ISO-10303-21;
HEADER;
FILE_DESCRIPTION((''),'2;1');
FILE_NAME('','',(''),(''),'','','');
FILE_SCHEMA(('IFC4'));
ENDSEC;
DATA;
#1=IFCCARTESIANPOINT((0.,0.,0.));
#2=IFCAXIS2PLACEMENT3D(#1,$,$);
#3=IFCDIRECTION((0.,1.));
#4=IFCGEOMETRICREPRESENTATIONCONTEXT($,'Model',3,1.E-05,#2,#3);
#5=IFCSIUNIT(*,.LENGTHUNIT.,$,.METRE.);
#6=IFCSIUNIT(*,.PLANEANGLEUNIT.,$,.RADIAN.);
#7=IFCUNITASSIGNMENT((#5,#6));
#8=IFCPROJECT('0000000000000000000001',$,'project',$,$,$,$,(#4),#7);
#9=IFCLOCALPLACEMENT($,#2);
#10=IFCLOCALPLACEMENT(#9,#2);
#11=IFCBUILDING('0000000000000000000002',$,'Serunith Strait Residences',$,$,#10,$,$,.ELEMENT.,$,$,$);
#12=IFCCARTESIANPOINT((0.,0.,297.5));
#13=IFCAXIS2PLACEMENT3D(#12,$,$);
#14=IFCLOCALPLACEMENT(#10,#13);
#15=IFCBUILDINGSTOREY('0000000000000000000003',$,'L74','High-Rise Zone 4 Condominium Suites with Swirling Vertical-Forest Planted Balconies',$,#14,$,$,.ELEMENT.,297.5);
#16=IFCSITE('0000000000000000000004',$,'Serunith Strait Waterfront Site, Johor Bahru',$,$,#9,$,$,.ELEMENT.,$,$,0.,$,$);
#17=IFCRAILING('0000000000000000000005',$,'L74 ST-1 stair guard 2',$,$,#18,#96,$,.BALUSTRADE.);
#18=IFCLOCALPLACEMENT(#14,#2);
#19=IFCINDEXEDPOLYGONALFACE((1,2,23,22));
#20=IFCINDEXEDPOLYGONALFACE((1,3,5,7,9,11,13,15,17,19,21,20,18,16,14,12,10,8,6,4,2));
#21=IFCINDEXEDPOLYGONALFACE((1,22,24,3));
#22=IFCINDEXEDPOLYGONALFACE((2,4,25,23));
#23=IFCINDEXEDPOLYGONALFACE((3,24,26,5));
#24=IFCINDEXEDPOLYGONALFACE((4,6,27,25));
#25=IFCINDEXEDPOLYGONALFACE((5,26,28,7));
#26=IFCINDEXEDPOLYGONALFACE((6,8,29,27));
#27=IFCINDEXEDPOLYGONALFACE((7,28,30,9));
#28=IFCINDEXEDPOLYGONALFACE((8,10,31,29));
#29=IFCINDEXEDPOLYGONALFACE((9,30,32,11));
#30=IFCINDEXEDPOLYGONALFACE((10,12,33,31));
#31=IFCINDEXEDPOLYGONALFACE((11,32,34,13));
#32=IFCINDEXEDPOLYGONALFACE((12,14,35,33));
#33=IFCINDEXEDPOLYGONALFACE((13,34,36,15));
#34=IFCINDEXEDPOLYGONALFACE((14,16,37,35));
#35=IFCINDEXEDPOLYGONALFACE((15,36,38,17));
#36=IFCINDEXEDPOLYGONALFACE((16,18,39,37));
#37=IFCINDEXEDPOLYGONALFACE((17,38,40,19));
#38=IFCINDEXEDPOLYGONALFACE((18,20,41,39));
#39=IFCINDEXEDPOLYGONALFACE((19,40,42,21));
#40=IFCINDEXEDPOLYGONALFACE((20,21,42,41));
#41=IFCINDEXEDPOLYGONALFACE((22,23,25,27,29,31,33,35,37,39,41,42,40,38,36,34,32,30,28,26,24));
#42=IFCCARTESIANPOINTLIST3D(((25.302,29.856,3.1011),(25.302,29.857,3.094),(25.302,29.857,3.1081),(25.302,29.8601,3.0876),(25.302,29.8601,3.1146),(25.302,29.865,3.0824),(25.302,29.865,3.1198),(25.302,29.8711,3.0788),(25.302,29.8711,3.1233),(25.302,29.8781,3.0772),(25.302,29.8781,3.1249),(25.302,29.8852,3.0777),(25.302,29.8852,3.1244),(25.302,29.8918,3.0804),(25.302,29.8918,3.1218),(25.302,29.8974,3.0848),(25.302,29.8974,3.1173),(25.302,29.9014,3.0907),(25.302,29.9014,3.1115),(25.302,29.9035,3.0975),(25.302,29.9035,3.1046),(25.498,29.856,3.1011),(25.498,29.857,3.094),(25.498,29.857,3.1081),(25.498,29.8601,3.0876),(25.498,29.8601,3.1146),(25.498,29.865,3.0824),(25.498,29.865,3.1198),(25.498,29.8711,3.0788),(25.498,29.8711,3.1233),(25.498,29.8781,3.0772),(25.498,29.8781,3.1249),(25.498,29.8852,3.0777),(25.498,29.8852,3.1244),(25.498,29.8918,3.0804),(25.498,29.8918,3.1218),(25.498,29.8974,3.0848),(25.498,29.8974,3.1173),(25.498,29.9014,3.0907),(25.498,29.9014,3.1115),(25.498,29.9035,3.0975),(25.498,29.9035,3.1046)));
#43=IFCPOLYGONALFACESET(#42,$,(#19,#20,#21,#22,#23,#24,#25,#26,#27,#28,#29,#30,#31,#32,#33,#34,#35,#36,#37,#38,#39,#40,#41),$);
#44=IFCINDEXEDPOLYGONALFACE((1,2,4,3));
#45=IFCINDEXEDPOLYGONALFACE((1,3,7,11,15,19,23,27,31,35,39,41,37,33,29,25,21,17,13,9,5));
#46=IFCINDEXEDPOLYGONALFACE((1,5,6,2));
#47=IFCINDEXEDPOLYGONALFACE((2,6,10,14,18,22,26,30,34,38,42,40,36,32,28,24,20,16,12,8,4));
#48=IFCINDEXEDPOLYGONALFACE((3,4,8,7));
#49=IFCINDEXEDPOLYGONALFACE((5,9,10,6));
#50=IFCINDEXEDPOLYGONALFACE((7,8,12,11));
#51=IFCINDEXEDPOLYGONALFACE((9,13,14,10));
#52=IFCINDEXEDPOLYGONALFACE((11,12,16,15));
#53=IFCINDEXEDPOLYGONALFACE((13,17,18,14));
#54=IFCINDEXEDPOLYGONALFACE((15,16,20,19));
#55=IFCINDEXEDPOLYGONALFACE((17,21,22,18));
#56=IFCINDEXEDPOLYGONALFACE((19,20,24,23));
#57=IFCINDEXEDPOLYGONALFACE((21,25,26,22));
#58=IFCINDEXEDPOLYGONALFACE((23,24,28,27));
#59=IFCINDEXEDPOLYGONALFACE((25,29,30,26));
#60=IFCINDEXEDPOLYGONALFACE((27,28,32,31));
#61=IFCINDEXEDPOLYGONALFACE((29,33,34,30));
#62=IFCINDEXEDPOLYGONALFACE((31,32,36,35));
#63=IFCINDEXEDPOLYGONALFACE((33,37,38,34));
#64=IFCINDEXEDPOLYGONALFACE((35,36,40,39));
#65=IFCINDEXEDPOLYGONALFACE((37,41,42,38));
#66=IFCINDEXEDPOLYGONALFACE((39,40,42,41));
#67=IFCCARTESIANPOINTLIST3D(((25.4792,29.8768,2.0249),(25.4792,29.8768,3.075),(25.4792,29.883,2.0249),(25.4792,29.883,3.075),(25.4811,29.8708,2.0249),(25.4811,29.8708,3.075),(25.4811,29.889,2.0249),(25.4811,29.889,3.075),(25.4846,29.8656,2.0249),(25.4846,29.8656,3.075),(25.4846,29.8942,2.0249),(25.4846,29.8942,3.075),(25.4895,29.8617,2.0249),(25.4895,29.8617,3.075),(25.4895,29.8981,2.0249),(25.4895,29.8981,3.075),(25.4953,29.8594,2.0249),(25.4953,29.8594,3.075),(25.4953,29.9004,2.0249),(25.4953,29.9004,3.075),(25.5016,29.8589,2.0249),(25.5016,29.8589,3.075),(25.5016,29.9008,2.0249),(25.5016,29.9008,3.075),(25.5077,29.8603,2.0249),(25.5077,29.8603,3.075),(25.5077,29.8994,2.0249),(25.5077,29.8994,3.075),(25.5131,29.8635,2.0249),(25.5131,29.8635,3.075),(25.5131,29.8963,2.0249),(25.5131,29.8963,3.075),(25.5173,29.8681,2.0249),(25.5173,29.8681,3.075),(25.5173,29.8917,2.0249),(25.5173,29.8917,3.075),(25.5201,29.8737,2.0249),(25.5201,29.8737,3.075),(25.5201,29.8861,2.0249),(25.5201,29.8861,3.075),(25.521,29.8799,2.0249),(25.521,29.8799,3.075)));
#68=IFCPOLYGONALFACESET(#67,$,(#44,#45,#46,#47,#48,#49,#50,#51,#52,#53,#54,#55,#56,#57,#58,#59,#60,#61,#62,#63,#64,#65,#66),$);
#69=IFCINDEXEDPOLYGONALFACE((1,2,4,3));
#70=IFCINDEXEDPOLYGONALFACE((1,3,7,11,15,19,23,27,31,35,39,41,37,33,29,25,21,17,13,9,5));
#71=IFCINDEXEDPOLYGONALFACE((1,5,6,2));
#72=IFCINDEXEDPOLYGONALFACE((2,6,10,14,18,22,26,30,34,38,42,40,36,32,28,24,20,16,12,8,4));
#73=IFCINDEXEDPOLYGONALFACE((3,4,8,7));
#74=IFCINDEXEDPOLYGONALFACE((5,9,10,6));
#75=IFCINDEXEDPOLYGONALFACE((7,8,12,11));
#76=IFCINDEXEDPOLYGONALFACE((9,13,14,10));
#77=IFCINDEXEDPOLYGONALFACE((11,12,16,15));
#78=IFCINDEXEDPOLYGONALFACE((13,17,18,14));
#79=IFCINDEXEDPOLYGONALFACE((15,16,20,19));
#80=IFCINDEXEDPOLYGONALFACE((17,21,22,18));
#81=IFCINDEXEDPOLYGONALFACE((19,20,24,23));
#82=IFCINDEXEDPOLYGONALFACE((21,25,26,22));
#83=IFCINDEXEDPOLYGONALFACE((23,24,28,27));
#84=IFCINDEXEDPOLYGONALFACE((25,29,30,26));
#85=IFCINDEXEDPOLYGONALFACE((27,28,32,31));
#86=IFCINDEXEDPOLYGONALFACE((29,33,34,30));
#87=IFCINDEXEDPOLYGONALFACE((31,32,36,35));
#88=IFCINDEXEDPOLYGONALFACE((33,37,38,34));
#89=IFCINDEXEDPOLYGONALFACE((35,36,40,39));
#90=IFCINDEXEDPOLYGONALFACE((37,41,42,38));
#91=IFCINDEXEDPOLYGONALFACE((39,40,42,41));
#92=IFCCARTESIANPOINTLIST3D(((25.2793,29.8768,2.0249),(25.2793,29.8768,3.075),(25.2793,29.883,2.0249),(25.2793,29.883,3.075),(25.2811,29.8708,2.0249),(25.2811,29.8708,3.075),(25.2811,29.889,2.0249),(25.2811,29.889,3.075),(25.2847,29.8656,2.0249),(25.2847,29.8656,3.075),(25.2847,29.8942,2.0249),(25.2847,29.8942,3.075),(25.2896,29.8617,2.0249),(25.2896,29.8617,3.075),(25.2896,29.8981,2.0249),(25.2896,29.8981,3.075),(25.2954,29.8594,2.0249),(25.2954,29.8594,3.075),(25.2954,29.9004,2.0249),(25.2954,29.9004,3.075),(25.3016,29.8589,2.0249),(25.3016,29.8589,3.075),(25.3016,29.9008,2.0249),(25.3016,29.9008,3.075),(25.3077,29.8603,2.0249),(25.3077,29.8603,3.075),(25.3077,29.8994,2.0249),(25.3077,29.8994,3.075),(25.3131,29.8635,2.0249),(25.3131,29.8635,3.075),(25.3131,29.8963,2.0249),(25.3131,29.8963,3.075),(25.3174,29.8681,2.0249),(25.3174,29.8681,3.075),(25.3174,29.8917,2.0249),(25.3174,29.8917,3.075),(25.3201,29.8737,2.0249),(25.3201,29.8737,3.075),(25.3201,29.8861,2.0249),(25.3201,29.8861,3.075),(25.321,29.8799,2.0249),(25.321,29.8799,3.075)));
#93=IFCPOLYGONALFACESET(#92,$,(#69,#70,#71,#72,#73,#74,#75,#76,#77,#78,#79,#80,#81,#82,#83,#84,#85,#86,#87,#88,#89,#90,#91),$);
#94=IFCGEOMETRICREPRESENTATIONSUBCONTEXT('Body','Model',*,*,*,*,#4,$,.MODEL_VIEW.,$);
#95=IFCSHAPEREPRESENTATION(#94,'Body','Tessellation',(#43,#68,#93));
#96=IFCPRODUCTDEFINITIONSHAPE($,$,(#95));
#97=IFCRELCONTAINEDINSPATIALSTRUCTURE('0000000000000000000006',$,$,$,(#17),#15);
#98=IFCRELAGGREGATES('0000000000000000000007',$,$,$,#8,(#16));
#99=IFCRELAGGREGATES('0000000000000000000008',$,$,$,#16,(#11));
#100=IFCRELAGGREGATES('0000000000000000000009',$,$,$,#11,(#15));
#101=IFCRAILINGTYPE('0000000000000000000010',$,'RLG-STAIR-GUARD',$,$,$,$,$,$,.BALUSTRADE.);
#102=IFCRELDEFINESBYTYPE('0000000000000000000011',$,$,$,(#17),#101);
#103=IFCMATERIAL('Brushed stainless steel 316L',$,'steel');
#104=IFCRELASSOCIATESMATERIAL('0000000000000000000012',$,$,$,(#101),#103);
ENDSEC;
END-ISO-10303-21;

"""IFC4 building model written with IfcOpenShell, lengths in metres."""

from ifc_helpers import new_model, si_unit, direction, frame, origin, origin_2d, place, context, subcontext, project, spatial, circle, extrude, material, type_object, element, save


model = new_model("IFC4")

# Units and contexts
model_context = context("Model", 3, precision=1e-05, world=origin(), true_north=direction((0.0, 1.0)))
body_context = subcontext(model_context, "Body", "Model", "MODEL_VIEW")
ifc_project = project(units=[si_unit("LENGTHUNIT", "METRE"), si_unit("PLANEANGLEUNIT", "RADIAN")], contexts=[model_context])

# Site, building, storey
site_placement = place(None, origin())
site = spatial("IfcSite", under=ifc_project, at=site_placement, Name="Serunith Strait Waterfront Site, Johor Bahru", CompositionType="ELEMENT", RefElevation=0.0)
building_placement = place(site_placement, origin())
building = spatial("IfcBuilding", under=site, at=building_placement, Name="Serunith Strait Residences", CompositionType="ELEMENT")
storey_placement = place(building_placement, frame((0.0, 0.0, 297.5)))
storey = spatial("IfcBuildingStorey", under=building, at=storey_placement, Name="L74", Description="High-Rise Zone 4 Condominium Suites with Swirling Vertical-Forest Planted Balconies", CompositionType="ELEMENT", Elevation=297.5)

# Railing
ifc_material_1 = material(Name="Brushed stainless steel 316L", Category="steel")
railing_type_1 = type_object("IfcRailingType", Name="RLG-STAIR-GUARD", PredefinedType="BALUSTRADE", material=ifc_material_1)
railing_1_placement = place(storey_placement, frame((25.5, 29.8799, 2.0249)))
element("IfcRailing", 1, at=railing_1_placement, inside=storey, type_object=railing_type_1, Name="L74 ST-1 stair guard 2", PredefinedType="BALUSTRADE", context=body_context, shape_type="SweptSolid", body=[
    extrude(circle(Radius=0.0239, at=origin_2d()), frame((-0.002, 0.0, 1.0762), z_axis=(-1.0, 0.0, 0.0), x_axis=(0.0, -1.0, 0.0)), (0.0, 0.0, 1.0), 0.196),
    extrude(circle(Radius=0.021, at=origin_2d()), origin(), (0.0, 0.0, 1.0), 1.05),
    extrude(circle(Radius=0.021, at=origin_2d()), frame((-0.2, 0.0, 0.0)), (0.0, 0.0, 1.0), 1.05),
])

save(model, "model.ifc")
